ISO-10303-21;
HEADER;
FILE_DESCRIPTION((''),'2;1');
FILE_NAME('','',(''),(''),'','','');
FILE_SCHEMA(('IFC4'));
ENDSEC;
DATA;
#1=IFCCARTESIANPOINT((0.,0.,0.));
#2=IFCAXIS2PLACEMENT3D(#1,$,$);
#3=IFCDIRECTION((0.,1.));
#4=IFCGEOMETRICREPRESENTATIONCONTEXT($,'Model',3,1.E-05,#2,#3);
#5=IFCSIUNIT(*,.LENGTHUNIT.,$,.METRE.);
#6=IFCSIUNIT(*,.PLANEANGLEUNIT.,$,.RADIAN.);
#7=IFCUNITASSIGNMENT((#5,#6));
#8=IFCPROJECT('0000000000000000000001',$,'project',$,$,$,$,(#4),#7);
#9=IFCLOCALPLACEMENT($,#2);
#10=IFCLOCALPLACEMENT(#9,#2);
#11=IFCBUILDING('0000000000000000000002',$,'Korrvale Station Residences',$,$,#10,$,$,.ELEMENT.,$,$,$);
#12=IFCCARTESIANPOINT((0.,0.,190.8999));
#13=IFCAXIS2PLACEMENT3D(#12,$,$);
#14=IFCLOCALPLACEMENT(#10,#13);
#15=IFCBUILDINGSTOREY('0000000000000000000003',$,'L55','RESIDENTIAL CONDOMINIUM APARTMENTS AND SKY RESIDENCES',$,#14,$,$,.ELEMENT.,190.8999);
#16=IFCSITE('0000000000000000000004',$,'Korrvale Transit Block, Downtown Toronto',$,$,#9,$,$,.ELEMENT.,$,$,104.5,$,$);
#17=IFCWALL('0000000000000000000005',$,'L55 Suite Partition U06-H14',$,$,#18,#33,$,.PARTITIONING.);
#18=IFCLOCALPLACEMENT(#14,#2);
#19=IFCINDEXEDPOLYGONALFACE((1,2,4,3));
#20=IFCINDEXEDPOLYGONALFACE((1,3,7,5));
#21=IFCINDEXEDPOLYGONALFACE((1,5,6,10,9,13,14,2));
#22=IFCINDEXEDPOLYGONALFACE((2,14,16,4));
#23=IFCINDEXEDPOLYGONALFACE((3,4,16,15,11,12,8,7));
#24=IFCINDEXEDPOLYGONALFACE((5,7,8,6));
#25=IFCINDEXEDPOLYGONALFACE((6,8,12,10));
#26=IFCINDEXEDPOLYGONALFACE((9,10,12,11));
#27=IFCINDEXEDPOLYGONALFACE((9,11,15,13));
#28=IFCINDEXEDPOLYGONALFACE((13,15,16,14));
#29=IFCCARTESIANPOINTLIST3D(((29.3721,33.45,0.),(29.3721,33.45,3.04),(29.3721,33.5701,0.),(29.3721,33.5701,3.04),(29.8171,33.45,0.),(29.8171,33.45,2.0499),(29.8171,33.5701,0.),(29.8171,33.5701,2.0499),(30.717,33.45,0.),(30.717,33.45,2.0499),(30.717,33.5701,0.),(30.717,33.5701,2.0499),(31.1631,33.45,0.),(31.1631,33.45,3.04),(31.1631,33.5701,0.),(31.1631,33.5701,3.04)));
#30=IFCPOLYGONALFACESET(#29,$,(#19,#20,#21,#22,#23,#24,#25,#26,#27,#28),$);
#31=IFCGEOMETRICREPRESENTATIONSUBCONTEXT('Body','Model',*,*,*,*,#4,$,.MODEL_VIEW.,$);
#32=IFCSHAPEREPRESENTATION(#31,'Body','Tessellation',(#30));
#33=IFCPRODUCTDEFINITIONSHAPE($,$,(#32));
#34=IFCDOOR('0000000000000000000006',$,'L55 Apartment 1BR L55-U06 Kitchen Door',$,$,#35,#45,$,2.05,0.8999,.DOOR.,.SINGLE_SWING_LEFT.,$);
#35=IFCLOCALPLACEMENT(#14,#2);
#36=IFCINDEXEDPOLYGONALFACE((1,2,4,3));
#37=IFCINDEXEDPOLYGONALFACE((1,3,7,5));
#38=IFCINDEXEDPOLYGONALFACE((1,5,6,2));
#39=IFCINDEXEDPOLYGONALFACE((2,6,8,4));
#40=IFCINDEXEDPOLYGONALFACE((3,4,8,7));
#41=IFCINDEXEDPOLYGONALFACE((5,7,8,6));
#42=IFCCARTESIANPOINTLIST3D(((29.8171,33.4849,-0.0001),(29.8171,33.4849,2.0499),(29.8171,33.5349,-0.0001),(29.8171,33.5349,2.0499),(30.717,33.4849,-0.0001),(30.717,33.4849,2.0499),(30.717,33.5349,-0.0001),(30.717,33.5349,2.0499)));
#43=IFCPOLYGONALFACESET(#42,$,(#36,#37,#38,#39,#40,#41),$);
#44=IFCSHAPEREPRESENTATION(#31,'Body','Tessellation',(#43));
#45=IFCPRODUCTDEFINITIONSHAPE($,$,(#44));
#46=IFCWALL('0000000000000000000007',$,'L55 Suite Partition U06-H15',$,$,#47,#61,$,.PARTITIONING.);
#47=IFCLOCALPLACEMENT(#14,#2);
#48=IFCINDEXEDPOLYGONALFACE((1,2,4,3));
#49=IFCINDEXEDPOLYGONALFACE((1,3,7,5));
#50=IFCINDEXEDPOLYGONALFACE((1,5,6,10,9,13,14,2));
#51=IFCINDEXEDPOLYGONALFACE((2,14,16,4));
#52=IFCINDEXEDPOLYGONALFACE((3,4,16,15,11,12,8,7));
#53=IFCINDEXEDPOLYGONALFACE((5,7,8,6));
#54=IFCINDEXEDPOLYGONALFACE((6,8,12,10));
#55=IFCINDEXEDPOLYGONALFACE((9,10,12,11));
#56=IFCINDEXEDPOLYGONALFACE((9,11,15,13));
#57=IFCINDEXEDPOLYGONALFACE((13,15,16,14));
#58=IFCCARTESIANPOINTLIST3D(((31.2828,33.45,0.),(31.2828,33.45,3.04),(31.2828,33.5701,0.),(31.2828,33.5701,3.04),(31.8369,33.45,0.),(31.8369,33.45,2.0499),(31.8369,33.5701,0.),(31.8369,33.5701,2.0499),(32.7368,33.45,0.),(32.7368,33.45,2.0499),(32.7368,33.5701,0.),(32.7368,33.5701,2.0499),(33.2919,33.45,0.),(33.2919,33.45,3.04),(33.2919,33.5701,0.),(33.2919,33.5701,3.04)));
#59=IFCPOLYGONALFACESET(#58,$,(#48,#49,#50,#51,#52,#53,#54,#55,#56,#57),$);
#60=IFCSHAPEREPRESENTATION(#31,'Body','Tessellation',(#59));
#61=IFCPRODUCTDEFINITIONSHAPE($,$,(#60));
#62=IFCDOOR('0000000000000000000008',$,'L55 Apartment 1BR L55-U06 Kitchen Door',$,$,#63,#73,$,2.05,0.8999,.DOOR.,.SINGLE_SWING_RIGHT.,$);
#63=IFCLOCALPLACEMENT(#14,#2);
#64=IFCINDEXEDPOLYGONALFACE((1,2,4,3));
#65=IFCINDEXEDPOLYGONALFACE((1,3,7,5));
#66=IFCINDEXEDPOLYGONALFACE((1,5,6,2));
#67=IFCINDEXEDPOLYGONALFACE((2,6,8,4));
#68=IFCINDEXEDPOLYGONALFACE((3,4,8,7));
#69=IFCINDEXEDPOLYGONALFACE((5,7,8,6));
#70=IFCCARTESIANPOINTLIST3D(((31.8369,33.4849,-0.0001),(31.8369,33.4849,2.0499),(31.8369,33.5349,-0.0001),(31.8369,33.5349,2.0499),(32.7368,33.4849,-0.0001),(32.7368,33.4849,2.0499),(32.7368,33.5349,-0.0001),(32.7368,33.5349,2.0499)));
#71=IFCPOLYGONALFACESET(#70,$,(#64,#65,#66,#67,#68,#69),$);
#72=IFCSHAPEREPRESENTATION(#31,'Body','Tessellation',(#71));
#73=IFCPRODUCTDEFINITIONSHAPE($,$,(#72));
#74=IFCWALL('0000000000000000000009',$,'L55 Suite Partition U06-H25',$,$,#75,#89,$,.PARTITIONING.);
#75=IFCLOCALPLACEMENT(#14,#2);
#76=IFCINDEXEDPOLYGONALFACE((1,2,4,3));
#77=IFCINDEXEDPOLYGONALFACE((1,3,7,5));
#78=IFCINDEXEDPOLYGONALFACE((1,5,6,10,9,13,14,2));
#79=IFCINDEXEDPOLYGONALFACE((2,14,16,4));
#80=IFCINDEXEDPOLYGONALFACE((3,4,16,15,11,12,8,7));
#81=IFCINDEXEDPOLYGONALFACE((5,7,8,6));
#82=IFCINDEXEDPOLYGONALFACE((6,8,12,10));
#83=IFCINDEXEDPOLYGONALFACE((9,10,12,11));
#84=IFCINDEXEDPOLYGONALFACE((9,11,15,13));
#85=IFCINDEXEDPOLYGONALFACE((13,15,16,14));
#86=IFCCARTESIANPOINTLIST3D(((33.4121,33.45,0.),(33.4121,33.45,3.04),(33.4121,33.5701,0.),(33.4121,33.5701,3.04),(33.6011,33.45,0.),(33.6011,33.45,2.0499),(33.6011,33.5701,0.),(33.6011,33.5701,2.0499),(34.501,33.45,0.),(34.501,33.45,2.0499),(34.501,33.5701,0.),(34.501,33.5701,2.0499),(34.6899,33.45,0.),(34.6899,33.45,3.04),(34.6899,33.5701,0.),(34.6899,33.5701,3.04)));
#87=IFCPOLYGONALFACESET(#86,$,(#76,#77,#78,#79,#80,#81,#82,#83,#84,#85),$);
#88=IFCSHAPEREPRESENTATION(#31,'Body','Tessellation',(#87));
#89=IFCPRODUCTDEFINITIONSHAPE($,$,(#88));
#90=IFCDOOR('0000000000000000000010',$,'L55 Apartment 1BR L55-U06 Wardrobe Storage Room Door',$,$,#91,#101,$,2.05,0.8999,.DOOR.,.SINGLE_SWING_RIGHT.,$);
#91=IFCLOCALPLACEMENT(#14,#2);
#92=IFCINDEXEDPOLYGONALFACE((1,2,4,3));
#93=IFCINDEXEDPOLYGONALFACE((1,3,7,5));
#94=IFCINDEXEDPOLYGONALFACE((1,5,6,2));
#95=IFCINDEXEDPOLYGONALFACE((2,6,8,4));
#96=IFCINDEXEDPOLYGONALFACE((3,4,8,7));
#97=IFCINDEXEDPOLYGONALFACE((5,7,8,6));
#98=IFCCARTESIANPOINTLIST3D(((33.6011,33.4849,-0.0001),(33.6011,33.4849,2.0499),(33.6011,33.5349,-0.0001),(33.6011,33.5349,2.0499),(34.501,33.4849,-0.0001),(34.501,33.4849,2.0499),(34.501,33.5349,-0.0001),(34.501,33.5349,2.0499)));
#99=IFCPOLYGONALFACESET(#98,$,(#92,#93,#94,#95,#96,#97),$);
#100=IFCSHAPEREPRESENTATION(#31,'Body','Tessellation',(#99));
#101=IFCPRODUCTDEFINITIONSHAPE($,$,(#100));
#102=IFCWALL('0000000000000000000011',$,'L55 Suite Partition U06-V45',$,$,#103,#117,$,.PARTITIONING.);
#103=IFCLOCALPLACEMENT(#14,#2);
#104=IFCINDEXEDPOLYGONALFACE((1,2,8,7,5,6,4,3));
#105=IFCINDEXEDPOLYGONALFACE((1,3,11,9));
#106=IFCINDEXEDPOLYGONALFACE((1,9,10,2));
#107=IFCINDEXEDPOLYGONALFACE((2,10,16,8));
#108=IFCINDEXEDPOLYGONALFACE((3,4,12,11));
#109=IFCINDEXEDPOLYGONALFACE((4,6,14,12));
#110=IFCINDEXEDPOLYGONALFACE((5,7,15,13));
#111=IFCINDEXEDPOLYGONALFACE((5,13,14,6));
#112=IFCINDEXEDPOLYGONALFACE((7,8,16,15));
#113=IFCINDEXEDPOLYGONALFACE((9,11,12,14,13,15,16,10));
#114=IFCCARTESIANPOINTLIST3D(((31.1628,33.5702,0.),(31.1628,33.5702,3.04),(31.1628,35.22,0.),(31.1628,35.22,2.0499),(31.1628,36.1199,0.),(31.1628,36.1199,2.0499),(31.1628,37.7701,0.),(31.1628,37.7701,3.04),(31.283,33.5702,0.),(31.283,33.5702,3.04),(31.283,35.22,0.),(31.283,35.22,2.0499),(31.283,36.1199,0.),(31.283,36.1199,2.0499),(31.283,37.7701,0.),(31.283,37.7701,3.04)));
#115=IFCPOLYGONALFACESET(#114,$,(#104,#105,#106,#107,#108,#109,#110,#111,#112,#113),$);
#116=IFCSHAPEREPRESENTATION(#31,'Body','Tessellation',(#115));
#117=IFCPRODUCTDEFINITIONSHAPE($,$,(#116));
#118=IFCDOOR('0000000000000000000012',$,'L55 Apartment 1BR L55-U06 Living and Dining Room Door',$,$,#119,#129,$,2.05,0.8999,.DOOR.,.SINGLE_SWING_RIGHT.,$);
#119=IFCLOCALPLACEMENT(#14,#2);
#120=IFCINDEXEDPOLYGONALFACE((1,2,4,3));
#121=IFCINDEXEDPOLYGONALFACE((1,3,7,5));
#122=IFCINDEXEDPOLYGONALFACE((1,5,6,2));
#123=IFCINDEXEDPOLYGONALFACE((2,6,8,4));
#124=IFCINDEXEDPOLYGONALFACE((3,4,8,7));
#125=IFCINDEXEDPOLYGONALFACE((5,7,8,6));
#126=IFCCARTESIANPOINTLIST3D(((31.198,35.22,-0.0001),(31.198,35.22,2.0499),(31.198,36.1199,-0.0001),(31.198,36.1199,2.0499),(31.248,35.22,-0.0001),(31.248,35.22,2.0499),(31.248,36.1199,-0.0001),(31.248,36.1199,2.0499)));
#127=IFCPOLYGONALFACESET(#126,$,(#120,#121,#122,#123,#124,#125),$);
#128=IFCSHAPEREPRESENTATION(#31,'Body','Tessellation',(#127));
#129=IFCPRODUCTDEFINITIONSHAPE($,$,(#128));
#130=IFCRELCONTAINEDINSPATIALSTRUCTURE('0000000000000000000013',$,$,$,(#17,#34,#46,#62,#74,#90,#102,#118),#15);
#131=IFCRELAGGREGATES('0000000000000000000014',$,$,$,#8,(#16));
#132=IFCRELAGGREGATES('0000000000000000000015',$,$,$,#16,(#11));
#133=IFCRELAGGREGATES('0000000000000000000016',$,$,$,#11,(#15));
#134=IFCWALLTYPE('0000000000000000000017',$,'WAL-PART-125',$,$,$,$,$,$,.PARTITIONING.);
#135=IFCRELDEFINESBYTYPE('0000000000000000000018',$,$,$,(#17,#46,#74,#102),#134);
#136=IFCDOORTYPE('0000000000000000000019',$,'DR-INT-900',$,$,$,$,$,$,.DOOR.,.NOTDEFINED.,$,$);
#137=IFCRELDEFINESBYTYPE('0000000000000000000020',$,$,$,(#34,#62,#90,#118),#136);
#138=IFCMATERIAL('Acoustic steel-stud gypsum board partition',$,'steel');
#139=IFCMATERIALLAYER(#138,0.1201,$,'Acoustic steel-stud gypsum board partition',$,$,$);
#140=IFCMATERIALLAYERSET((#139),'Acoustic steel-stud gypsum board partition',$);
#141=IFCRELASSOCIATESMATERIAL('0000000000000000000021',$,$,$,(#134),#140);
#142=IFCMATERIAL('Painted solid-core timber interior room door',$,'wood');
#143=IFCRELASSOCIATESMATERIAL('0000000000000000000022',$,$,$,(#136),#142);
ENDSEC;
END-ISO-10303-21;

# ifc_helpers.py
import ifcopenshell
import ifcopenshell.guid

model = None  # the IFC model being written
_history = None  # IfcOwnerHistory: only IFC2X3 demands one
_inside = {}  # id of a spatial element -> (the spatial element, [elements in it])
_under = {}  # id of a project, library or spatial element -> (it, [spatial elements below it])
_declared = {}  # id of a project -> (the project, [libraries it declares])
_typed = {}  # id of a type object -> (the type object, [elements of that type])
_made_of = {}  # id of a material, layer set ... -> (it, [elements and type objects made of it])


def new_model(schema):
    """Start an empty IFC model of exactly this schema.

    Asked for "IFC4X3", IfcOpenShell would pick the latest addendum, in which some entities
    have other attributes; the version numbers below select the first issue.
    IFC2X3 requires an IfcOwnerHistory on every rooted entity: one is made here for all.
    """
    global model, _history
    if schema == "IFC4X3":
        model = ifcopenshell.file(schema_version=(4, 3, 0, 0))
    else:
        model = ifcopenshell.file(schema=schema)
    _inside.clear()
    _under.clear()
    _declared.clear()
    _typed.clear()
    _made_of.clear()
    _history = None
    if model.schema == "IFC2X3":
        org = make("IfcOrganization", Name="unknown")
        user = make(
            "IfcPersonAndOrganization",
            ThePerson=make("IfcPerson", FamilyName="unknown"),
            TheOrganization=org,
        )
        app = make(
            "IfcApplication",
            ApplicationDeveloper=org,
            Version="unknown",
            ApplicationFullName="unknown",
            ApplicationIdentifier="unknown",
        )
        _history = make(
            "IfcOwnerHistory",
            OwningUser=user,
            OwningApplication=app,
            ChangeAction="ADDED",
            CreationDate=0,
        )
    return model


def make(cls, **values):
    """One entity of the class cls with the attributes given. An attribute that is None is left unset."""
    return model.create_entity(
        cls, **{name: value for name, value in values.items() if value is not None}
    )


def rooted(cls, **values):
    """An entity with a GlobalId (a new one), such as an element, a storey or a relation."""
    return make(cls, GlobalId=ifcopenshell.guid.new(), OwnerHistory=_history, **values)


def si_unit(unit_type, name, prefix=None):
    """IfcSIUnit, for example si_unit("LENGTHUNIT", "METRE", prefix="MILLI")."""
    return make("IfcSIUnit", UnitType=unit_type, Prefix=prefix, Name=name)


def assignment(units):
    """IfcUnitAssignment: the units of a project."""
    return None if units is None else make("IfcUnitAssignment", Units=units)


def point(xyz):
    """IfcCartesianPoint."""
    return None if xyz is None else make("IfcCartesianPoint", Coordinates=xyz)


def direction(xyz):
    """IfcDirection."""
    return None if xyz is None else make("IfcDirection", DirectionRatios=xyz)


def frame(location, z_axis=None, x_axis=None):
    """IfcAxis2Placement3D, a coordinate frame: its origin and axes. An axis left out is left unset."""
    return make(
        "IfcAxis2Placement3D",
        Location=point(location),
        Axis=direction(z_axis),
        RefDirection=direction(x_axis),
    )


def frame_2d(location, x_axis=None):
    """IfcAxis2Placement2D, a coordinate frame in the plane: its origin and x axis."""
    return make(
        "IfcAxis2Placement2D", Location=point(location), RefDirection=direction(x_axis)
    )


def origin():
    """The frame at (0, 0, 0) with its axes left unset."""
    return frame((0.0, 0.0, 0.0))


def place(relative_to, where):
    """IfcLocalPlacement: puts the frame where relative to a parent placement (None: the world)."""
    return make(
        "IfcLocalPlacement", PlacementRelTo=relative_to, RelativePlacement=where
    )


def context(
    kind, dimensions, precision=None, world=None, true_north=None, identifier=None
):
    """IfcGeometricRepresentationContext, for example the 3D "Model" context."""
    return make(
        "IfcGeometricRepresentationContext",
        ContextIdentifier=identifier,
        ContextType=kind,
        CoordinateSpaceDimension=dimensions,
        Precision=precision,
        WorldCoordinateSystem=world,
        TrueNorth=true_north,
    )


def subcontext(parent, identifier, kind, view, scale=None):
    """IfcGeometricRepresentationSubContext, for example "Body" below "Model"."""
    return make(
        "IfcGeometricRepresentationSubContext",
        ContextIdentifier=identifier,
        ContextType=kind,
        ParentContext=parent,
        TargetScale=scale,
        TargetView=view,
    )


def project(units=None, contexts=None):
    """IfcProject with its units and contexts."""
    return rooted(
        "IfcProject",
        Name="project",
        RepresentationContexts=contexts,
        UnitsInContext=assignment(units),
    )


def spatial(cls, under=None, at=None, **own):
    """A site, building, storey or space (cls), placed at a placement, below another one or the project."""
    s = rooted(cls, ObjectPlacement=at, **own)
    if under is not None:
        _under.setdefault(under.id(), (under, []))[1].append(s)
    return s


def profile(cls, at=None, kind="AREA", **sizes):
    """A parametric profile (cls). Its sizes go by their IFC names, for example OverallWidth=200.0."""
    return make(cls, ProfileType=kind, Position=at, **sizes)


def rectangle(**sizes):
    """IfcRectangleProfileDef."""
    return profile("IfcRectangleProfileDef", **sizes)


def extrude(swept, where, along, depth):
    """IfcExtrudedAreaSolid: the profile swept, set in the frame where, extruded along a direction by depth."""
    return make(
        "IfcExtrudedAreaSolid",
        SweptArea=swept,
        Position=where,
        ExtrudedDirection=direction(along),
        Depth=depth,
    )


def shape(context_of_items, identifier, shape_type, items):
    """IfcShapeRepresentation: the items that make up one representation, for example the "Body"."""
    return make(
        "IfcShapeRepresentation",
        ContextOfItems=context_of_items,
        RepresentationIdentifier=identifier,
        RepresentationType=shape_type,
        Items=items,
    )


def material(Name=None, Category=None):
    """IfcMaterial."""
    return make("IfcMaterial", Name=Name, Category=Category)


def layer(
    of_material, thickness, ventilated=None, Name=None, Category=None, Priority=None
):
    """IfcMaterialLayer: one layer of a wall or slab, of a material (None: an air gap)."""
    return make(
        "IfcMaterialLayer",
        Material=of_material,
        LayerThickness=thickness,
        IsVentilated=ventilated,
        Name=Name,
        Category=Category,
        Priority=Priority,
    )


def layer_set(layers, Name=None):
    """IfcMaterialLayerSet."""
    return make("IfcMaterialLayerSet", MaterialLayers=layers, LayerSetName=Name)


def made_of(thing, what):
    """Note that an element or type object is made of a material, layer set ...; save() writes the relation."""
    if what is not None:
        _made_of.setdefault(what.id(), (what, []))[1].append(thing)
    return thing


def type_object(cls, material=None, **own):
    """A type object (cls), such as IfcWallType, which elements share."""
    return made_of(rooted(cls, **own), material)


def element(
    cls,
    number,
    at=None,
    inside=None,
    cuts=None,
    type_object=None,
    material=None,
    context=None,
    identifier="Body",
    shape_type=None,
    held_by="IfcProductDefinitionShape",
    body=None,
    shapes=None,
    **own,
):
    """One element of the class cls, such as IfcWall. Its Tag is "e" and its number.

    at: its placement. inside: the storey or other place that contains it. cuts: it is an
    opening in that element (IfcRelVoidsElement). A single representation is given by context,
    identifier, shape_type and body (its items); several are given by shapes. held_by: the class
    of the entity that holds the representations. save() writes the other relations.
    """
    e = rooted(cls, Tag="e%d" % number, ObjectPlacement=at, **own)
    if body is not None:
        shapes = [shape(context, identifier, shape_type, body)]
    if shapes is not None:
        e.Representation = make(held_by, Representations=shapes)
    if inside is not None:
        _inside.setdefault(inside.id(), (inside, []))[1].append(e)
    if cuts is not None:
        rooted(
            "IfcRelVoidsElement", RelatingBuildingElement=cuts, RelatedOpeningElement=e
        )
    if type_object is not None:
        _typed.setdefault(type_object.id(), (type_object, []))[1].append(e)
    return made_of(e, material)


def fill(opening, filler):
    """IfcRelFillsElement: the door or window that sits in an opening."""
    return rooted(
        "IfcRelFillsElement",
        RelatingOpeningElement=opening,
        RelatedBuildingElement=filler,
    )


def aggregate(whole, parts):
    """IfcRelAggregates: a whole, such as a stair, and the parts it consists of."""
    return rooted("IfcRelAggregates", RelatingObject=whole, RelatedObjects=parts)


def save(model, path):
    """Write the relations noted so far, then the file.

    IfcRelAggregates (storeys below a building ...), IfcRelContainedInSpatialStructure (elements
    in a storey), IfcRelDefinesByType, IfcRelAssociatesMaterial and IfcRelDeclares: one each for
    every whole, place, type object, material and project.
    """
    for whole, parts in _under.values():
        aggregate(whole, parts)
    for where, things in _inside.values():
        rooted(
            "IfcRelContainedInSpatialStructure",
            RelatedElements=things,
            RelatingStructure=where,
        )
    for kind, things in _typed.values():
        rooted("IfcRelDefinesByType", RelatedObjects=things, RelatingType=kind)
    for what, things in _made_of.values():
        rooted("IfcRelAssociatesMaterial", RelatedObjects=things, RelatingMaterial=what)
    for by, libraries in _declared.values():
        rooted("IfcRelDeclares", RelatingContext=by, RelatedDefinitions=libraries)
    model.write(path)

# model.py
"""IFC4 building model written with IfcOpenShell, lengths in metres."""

from ifc_helpers import new_model, si_unit, direction, frame, frame_2d, origin, place, context, subcontext, project, spatial, rectangle, extrude, material, layer, layer_set, type_object, element, fill, save


model = new_model("IFC4")

# Units and contexts
model_context = context("Model", 3, precision=1e-05, world=origin(), true_north=direction((0.0, 1.0)))
body_context = subcontext(model_context, "Body", "Model", "MODEL_VIEW")
ifc_project = project(units=[si_unit("LENGTHUNIT", "METRE"), si_unit("PLANEANGLEUNIT", "RADIAN")], contexts=[model_context])

# Site, building, storey
site_placement = place(None, origin())
site = spatial("IfcSite", under=ifc_project, at=site_placement, Name="Korrvale Transit Block, Downtown Toronto", CompositionType="ELEMENT", RefElevation=104.5)
building_placement = place(site_placement, origin())
building = spatial("IfcBuilding", under=site, at=building_placement, Name="Korrvale Station Residences", CompositionType="ELEMENT")
storey_placement = place(building_placement, frame((0.0, 0.0, 190.8999)))
storey = spatial("IfcBuildingStorey", under=building, at=storey_placement, Name="L55", Description="RESIDENTIAL CONDOMINIUM APARTMENTS AND SKY RESIDENCES", CompositionType="ELEMENT", Elevation=190.8999)

# Shared definitions
ifc_material_1 = material(Name="Acoustic steel-stud gypsum board partition", Category="steel")
ifc_layer_1 = layer(ifc_material_1, 0.1201, Name="Acoustic steel-stud gypsum board partition")
ifc_layer_set_1 = layer_set([ifc_layer_1], Name="Acoustic steel-stud gypsum board partition")
wall_type_1 = type_object("IfcWallType", Name="WAL-PART-125", PredefinedType="PARTITIONING", material=ifc_layer_set_1)
ifc_material_2 = material(Name="Painted solid-core timber interior room door", Category="wood")
door_type_1 = type_object("IfcDoorType", Name="DR-INT-900", OperationType="NOTDEFINED", PredefinedType="DOOR", material=ifc_material_2)

# Walls, openings, doors
wall_1_placement = place(storey_placement, frame((29.3721, 33.51, 0.0), z_axis=(0.0, 0.0, 1.0), x_axis=(1.0, 0.0, 0.0)))
wall_1 = element("IfcWall", 1, at=wall_1_placement, inside=storey, type_object=wall_type_1, Name="L55 Suite Partition U06-H14", PredefinedType="PARTITIONING", context=body_context, shape_type="SweptSolid", body=[
    extrude(rectangle(XDim=1.791, YDim=0.1201, at=frame_2d((0.8955, 0.0))), origin(), (0.0, 0.0, 1.0), 3.04),
])
opening_1_placement = place(wall_1_placement, frame((0.4451, 0.0, 0.0)))
opening_1 = element("IfcOpeningElement", 2, at=opening_1_placement, cuts=wall_1, PredefinedType="OPENING", context=body_context, shape_type="SweptSolid", body=[
    extrude(rectangle(XDim=0.8999, YDim=2.05, at=frame_2d((0.45, 1.0249))), frame((0.0, 0.0701, 0.0), z_axis=(0.0, -1.0, 0.0), x_axis=(1.0, 0.0, 0.0)), (0.0, 0.0, 1.0), 0.1401),
])
door_1_placement = place(opening_1_placement, origin())
door_1 = element("IfcDoor", 3, at=door_1_placement, inside=storey, type_object=door_type_1, Name="L55 Apartment 1BR L55-U06 Kitchen Door", OperationType="SINGLE_SWING_LEFT", OverallHeight=2.05, OverallWidth=0.8999, PredefinedType="DOOR", context=body_context, shape_type="SweptSolid", body=[
    extrude(rectangle(XDim=0.8999, YDim=2.05, at=frame_2d((0.45, 1.0249))), frame((0.0, 0.0249, 0.0), z_axis=(0.0, -1.0, 0.0), x_axis=(1.0, 0.0, 0.0)), (0.0, 0.0, 1.0), 0.05),
])
fill(opening_1, door_1)
wall_2_placement = place(storey_placement, frame((31.283, 33.51, 0.0), z_axis=(0.0, 0.0, 1.0), x_axis=(1.0, 0.0, 0.0)))
wall_2 = element("IfcWall", 4, at=wall_2_placement, inside=storey, type_object=wall_type_1, Name="L55 Suite Partition U06-H15", PredefinedType="PARTITIONING", context=body_context, shape_type="SweptSolid", body=[
    extrude(rectangle(XDim=2.009, YDim=0.1201, at=frame_2d((1.0044, 0.0))), origin(), (0.0, 0.0, 1.0), 3.04),
])
opening_2_placement = place(wall_2_placement, frame((0.554, 0.0, 0.0)))
opening_2 = element("IfcOpeningElement", 5, at=opening_2_placement, cuts=wall_2, PredefinedType="OPENING", context=body_context, shape_type="SweptSolid", body=[
    extrude(rectangle(XDim=0.8999, YDim=2.05, at=frame_2d((0.45, 1.0249))), frame((0.0, 0.0701, 0.0), z_axis=(0.0, -1.0, 0.0), x_axis=(1.0, 0.0, 0.0)), (0.0, 0.0, 1.0), 0.1401),
])
door_2_placement = place(opening_2_placement, origin())
door_2 = element("IfcDoor", 6, at=door_2_placement, inside=storey, type_object=door_type_1, Name="L55 Apartment 1BR L55-U06 Kitchen Door", OperationType="SINGLE_SWING_RIGHT", OverallHeight=2.05, OverallWidth=0.8999, PredefinedType="DOOR", context=body_context, shape_type="SweptSolid", body=[
    extrude(rectangle(XDim=0.8999, YDim=2.05, at=frame_2d((0.45, 1.0249))), frame((0.0, 0.0249, 0.0), z_axis=(0.0, -1.0, 0.0), x_axis=(1.0, 0.0, 0.0)), (0.0, 0.0, 1.0), 0.05),
])
fill(opening_2, door_2)
wall_3_placement = place(storey_placement, frame((33.4121, 33.51, 0.0), z_axis=(0.0, 0.0, 1.0), x_axis=(1.0, 0.0, 0.0)))
wall_3 = element("IfcWall", 7, at=wall_3_placement, inside=storey, type_object=wall_type_1, Name="L55 Suite Partition U06-H25", PredefinedType="PARTITIONING", context=body_context, shape_type="SweptSolid", body=[
    extrude(rectangle(XDim=1.2778, YDim=0.1201, at=frame_2d((0.6389, 0.0))), origin(), (0.0, 0.0, 1.0), 3.04),
])
opening_3_placement = place(wall_3_placement, frame((0.189, 0.0, 0.0)))
opening_3 = element("IfcOpeningElement", 8, at=opening_3_placement, cuts=wall_3, PredefinedType="OPENING", context=body_context, shape_type="SweptSolid", body=[
    extrude(rectangle(XDim=0.8999, YDim=2.05, at=frame_2d((0.45, 1.0249))), frame((0.0, 0.0701, 0.0), z_axis=(0.0, -1.0, 0.0), x_axis=(1.0, 0.0, 0.0)), (0.0, 0.0, 1.0), 0.1401),
])
door_3_placement = place(opening_3_placement, origin())
door_3 = element("IfcDoor", 9, at=door_3_placement, inside=storey, type_object=door_type_1, Name="L55 Apartment 1BR L55-U06 Wardrobe Storage Room Door", OperationType="SINGLE_SWING_RIGHT", OverallHeight=2.05, OverallWidth=0.8999, PredefinedType="DOOR", context=body_context, shape_type="SweptSolid", body=[
    extrude(rectangle(XDim=0.8999, YDim=2.05, at=frame_2d((0.45, 1.0249))), frame((0.0, 0.0249, 0.0), z_axis=(0.0, -1.0, 0.0), x_axis=(1.0, 0.0, 0.0)), (0.0, 0.0, 1.0), 0.05),
])
fill(opening_3, door_3)
wall_4_placement = place(storey_placement, frame((31.2229, 33.5701, 0.0), z_axis=(0.0, 0.0, 1.0), x_axis=(0.0, 1.0, 0.0)))
wall_4 = element("IfcWall", 10, at=wall_4_placement, inside=storey, type_object=wall_type_1, Name="L55 Suite Partition U06-V45", PredefinedType="PARTITIONING", context=body_context, shape_type="SweptSolid", body=[
    extrude(rectangle(XDim=4.2, YDim=0.1201, at=frame_2d((2.1001, 0.0))), origin(), (0.0, 0.0, 1.0), 3.04),
])
opening_4_placement = place(wall_4_placement, frame((1.6499, 0.0, 0.0)))
opening_4 = element("IfcOpeningElement", 11, at=opening_4_placement, cuts=wall_4, PredefinedType="OPENING", context=body_context, shape_type="SweptSolid", body=[
    extrude(rectangle(XDim=0.8999, YDim=2.05, at=frame_2d((0.45, 1.0249))), frame((0.0, 0.0701, 0.0), z_axis=(0.0, -1.0, 0.0), x_axis=(1.0, 0.0, 0.0)), (0.0, 0.0, 1.0), 0.1401),
])
door_4_placement = place(opening_4_placement, origin())
door_4 = element("IfcDoor", 12, at=door_4_placement, inside=storey, type_object=door_type_1, Name="L55 Apartment 1BR L55-U06 Living and Dining Room Door", OperationType="SINGLE_SWING_RIGHT", OverallHeight=2.05, OverallWidth=0.8999, PredefinedType="DOOR", context=body_context, shape_type="SweptSolid", body=[
    extrude(rectangle(XDim=0.8999, YDim=2.05, at=frame_2d((0.45, 1.0249))), frame((0.0, 0.0249, 0.0), z_axis=(0.0, -1.0, 0.0), x_axis=(1.0, 0.0, 0.0)), (0.0, 0.0, 1.0), 0.05),
])
fill(opening_4, door_4)

save(model, "model.ifc")
